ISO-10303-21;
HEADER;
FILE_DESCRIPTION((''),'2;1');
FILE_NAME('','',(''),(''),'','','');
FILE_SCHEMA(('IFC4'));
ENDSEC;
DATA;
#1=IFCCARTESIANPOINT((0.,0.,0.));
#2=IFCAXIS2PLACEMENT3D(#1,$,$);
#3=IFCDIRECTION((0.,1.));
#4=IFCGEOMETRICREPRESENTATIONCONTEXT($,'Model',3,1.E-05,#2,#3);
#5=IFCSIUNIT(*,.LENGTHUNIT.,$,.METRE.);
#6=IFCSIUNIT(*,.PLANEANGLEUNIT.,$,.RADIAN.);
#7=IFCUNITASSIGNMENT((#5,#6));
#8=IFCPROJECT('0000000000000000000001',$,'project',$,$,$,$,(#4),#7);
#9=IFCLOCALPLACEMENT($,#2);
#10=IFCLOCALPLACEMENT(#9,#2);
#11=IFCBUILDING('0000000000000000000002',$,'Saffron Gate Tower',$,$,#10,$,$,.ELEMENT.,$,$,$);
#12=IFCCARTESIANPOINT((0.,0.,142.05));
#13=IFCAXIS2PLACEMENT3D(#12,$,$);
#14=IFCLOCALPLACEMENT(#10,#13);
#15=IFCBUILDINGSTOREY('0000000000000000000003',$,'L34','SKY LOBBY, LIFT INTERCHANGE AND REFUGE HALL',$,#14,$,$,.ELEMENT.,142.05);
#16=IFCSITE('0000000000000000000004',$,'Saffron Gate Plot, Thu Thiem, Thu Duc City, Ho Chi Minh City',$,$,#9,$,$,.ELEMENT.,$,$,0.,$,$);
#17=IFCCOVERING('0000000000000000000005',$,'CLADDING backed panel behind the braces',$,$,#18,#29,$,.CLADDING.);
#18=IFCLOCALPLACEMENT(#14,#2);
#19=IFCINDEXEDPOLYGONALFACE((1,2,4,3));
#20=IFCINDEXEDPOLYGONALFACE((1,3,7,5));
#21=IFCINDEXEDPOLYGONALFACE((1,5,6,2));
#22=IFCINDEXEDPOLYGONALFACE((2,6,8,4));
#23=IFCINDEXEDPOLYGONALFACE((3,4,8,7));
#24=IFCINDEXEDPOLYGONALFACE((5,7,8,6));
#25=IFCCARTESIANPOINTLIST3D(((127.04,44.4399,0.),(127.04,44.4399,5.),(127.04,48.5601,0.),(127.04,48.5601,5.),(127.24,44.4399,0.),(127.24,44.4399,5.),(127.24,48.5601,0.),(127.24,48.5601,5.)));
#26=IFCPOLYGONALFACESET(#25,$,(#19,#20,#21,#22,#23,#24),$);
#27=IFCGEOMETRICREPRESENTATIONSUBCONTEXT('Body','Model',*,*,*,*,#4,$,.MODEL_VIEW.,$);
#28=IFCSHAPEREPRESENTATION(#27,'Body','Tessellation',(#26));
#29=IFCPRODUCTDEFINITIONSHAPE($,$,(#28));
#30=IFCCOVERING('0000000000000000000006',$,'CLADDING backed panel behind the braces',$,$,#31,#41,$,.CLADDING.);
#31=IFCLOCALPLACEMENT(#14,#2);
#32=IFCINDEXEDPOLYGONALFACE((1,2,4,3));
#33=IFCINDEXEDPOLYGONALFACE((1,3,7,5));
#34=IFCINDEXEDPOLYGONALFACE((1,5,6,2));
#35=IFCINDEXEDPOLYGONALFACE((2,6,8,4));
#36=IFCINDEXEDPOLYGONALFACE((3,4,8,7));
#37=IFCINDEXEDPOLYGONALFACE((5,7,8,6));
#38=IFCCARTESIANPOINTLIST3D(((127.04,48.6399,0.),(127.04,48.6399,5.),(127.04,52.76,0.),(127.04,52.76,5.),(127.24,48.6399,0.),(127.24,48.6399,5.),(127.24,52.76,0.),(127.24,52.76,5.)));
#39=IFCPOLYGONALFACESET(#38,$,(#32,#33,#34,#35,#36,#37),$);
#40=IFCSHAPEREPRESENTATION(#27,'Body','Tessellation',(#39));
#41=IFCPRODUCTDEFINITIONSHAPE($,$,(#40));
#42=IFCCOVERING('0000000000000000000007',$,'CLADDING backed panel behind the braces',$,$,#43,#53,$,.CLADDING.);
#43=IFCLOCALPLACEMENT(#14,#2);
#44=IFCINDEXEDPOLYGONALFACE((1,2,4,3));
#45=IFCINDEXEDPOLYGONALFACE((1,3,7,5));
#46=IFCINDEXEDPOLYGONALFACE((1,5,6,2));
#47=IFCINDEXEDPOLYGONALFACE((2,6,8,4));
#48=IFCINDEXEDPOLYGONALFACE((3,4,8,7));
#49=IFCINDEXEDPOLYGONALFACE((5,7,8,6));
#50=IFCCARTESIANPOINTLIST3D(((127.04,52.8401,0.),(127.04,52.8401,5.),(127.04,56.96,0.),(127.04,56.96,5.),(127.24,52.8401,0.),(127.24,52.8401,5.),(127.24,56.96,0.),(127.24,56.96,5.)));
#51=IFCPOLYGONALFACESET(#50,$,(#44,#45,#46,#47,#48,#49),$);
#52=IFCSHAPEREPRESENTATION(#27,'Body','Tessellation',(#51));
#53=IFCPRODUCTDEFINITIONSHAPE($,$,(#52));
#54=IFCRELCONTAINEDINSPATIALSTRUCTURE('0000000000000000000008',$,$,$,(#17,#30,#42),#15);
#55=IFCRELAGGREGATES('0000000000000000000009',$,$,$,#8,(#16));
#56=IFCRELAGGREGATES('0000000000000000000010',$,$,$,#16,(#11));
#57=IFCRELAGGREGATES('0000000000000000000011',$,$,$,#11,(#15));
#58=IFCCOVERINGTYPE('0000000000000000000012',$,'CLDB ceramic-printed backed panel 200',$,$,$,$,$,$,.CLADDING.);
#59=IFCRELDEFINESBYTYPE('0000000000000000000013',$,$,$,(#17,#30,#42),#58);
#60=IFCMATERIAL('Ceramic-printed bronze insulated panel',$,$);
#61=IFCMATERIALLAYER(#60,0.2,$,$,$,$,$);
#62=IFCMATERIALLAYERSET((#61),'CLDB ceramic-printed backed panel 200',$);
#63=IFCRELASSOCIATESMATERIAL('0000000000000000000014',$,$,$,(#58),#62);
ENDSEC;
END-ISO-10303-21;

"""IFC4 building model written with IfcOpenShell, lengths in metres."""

from ifc_helpers import new_model, si_unit, direction, frame, origin, place, context, subcontext, project, spatial, polyline, outline, extrude, material, layer, layer_set, type_object, element, save


model = new_model("IFC4")

# Units and contexts
model_context = context("Model", 3, precision=1e-05, world=origin(), true_north=direction((0.0, 1.0)))
body_context = subcontext(model_context, "Body", "Model", "MODEL_VIEW")
ifc_project = project(units=[si_unit("LENGTHUNIT", "METRE"), si_unit("PLANEANGLEUNIT", "RADIAN")], contexts=[model_context])

# Site, building, storey
site_placement = place(None, origin())
site = spatial("IfcSite", under=ifc_project, at=site_placement, Name="Saffron Gate Plot, Thu Thiem, Thu Duc City, Ho Chi Minh City", CompositionType="ELEMENT", RefElevation=0.0)
building_placement = place(site_placement, origin())
building = spatial("IfcBuilding", under=site, at=building_placement, Name="Saffron Gate Tower", CompositionType="ELEMENT")
storey_placement = place(building_placement, frame((0.0, 0.0, 142.05)))
storey = spatial("IfcBuildingStorey", under=building, at=storey_placement, Name="L34", Description="SKY LOBBY, LIFT INTERCHANGE AND REFUGE HALL", CompositionType="ELEMENT", Elevation=142.05)

# Coverings
ifc_material_1 = material(Name="Ceramic-printed bronze insulated panel")
ifc_layer_1 = layer(ifc_material_1, 0.2)
ifc_layer_set_1 = layer_set([ifc_layer_1], Name="CLDB ceramic-printed backed panel 200")
covering_type_1 = type_object("IfcCoveringType", Name="CLDB ceramic-printed backed panel 200", PredefinedType="CLADDING", material=ifc_layer_set_1)
covering_1_placement = place(storey_placement, origin())
element("IfcCovering", 1, at=covering_1_placement, inside=storey, type_object=covering_type_1, Name="CLADDING backed panel behind the braces", PredefinedType="CLADDING", context=body_context, shape_type="SweptSolid", body=[
    extrude(outline(polyline([(127.24, 44.4399), (127.24, 48.5601), (127.04, 48.5601), (127.04, 44.4399), (127.24, 44.4399)])), origin(), (0.0, 0.0, 1.0), 5.0),
])
covering_2_placement = place(storey_placement, origin())
element("IfcCovering", 2, at=covering_2_placement, inside=storey, type_object=covering_type_1, Name="CLADDING backed panel behind the braces", PredefinedType="CLADDING", context=body_context, shape_type="SweptSolid", body=[
    extrude(outline(polyline([(127.24, 48.6399), (127.24, 52.76), (127.04, 52.76), (127.04, 48.6399), (127.24, 48.6399)])), origin(), (0.0, 0.0, 1.0), 5.0),
])
covering_3_placement = place(storey_placement, origin())
element("IfcCovering", 3, at=covering_3_placement, inside=storey, type_object=covering_type_1, Name="CLADDING backed panel behind the braces", PredefinedType="CLADDING", context=body_context, shape_type="SweptSolid", body=[
    extrude(outline(polyline([(127.24, 52.8401), (127.24, 56.96), (127.04, 56.96), (127.04, 52.8401), (127.24, 52.8401)])), origin(), (0.0, 0.0, 1.0), 5.0),
])

save(model, "model.ifc")
